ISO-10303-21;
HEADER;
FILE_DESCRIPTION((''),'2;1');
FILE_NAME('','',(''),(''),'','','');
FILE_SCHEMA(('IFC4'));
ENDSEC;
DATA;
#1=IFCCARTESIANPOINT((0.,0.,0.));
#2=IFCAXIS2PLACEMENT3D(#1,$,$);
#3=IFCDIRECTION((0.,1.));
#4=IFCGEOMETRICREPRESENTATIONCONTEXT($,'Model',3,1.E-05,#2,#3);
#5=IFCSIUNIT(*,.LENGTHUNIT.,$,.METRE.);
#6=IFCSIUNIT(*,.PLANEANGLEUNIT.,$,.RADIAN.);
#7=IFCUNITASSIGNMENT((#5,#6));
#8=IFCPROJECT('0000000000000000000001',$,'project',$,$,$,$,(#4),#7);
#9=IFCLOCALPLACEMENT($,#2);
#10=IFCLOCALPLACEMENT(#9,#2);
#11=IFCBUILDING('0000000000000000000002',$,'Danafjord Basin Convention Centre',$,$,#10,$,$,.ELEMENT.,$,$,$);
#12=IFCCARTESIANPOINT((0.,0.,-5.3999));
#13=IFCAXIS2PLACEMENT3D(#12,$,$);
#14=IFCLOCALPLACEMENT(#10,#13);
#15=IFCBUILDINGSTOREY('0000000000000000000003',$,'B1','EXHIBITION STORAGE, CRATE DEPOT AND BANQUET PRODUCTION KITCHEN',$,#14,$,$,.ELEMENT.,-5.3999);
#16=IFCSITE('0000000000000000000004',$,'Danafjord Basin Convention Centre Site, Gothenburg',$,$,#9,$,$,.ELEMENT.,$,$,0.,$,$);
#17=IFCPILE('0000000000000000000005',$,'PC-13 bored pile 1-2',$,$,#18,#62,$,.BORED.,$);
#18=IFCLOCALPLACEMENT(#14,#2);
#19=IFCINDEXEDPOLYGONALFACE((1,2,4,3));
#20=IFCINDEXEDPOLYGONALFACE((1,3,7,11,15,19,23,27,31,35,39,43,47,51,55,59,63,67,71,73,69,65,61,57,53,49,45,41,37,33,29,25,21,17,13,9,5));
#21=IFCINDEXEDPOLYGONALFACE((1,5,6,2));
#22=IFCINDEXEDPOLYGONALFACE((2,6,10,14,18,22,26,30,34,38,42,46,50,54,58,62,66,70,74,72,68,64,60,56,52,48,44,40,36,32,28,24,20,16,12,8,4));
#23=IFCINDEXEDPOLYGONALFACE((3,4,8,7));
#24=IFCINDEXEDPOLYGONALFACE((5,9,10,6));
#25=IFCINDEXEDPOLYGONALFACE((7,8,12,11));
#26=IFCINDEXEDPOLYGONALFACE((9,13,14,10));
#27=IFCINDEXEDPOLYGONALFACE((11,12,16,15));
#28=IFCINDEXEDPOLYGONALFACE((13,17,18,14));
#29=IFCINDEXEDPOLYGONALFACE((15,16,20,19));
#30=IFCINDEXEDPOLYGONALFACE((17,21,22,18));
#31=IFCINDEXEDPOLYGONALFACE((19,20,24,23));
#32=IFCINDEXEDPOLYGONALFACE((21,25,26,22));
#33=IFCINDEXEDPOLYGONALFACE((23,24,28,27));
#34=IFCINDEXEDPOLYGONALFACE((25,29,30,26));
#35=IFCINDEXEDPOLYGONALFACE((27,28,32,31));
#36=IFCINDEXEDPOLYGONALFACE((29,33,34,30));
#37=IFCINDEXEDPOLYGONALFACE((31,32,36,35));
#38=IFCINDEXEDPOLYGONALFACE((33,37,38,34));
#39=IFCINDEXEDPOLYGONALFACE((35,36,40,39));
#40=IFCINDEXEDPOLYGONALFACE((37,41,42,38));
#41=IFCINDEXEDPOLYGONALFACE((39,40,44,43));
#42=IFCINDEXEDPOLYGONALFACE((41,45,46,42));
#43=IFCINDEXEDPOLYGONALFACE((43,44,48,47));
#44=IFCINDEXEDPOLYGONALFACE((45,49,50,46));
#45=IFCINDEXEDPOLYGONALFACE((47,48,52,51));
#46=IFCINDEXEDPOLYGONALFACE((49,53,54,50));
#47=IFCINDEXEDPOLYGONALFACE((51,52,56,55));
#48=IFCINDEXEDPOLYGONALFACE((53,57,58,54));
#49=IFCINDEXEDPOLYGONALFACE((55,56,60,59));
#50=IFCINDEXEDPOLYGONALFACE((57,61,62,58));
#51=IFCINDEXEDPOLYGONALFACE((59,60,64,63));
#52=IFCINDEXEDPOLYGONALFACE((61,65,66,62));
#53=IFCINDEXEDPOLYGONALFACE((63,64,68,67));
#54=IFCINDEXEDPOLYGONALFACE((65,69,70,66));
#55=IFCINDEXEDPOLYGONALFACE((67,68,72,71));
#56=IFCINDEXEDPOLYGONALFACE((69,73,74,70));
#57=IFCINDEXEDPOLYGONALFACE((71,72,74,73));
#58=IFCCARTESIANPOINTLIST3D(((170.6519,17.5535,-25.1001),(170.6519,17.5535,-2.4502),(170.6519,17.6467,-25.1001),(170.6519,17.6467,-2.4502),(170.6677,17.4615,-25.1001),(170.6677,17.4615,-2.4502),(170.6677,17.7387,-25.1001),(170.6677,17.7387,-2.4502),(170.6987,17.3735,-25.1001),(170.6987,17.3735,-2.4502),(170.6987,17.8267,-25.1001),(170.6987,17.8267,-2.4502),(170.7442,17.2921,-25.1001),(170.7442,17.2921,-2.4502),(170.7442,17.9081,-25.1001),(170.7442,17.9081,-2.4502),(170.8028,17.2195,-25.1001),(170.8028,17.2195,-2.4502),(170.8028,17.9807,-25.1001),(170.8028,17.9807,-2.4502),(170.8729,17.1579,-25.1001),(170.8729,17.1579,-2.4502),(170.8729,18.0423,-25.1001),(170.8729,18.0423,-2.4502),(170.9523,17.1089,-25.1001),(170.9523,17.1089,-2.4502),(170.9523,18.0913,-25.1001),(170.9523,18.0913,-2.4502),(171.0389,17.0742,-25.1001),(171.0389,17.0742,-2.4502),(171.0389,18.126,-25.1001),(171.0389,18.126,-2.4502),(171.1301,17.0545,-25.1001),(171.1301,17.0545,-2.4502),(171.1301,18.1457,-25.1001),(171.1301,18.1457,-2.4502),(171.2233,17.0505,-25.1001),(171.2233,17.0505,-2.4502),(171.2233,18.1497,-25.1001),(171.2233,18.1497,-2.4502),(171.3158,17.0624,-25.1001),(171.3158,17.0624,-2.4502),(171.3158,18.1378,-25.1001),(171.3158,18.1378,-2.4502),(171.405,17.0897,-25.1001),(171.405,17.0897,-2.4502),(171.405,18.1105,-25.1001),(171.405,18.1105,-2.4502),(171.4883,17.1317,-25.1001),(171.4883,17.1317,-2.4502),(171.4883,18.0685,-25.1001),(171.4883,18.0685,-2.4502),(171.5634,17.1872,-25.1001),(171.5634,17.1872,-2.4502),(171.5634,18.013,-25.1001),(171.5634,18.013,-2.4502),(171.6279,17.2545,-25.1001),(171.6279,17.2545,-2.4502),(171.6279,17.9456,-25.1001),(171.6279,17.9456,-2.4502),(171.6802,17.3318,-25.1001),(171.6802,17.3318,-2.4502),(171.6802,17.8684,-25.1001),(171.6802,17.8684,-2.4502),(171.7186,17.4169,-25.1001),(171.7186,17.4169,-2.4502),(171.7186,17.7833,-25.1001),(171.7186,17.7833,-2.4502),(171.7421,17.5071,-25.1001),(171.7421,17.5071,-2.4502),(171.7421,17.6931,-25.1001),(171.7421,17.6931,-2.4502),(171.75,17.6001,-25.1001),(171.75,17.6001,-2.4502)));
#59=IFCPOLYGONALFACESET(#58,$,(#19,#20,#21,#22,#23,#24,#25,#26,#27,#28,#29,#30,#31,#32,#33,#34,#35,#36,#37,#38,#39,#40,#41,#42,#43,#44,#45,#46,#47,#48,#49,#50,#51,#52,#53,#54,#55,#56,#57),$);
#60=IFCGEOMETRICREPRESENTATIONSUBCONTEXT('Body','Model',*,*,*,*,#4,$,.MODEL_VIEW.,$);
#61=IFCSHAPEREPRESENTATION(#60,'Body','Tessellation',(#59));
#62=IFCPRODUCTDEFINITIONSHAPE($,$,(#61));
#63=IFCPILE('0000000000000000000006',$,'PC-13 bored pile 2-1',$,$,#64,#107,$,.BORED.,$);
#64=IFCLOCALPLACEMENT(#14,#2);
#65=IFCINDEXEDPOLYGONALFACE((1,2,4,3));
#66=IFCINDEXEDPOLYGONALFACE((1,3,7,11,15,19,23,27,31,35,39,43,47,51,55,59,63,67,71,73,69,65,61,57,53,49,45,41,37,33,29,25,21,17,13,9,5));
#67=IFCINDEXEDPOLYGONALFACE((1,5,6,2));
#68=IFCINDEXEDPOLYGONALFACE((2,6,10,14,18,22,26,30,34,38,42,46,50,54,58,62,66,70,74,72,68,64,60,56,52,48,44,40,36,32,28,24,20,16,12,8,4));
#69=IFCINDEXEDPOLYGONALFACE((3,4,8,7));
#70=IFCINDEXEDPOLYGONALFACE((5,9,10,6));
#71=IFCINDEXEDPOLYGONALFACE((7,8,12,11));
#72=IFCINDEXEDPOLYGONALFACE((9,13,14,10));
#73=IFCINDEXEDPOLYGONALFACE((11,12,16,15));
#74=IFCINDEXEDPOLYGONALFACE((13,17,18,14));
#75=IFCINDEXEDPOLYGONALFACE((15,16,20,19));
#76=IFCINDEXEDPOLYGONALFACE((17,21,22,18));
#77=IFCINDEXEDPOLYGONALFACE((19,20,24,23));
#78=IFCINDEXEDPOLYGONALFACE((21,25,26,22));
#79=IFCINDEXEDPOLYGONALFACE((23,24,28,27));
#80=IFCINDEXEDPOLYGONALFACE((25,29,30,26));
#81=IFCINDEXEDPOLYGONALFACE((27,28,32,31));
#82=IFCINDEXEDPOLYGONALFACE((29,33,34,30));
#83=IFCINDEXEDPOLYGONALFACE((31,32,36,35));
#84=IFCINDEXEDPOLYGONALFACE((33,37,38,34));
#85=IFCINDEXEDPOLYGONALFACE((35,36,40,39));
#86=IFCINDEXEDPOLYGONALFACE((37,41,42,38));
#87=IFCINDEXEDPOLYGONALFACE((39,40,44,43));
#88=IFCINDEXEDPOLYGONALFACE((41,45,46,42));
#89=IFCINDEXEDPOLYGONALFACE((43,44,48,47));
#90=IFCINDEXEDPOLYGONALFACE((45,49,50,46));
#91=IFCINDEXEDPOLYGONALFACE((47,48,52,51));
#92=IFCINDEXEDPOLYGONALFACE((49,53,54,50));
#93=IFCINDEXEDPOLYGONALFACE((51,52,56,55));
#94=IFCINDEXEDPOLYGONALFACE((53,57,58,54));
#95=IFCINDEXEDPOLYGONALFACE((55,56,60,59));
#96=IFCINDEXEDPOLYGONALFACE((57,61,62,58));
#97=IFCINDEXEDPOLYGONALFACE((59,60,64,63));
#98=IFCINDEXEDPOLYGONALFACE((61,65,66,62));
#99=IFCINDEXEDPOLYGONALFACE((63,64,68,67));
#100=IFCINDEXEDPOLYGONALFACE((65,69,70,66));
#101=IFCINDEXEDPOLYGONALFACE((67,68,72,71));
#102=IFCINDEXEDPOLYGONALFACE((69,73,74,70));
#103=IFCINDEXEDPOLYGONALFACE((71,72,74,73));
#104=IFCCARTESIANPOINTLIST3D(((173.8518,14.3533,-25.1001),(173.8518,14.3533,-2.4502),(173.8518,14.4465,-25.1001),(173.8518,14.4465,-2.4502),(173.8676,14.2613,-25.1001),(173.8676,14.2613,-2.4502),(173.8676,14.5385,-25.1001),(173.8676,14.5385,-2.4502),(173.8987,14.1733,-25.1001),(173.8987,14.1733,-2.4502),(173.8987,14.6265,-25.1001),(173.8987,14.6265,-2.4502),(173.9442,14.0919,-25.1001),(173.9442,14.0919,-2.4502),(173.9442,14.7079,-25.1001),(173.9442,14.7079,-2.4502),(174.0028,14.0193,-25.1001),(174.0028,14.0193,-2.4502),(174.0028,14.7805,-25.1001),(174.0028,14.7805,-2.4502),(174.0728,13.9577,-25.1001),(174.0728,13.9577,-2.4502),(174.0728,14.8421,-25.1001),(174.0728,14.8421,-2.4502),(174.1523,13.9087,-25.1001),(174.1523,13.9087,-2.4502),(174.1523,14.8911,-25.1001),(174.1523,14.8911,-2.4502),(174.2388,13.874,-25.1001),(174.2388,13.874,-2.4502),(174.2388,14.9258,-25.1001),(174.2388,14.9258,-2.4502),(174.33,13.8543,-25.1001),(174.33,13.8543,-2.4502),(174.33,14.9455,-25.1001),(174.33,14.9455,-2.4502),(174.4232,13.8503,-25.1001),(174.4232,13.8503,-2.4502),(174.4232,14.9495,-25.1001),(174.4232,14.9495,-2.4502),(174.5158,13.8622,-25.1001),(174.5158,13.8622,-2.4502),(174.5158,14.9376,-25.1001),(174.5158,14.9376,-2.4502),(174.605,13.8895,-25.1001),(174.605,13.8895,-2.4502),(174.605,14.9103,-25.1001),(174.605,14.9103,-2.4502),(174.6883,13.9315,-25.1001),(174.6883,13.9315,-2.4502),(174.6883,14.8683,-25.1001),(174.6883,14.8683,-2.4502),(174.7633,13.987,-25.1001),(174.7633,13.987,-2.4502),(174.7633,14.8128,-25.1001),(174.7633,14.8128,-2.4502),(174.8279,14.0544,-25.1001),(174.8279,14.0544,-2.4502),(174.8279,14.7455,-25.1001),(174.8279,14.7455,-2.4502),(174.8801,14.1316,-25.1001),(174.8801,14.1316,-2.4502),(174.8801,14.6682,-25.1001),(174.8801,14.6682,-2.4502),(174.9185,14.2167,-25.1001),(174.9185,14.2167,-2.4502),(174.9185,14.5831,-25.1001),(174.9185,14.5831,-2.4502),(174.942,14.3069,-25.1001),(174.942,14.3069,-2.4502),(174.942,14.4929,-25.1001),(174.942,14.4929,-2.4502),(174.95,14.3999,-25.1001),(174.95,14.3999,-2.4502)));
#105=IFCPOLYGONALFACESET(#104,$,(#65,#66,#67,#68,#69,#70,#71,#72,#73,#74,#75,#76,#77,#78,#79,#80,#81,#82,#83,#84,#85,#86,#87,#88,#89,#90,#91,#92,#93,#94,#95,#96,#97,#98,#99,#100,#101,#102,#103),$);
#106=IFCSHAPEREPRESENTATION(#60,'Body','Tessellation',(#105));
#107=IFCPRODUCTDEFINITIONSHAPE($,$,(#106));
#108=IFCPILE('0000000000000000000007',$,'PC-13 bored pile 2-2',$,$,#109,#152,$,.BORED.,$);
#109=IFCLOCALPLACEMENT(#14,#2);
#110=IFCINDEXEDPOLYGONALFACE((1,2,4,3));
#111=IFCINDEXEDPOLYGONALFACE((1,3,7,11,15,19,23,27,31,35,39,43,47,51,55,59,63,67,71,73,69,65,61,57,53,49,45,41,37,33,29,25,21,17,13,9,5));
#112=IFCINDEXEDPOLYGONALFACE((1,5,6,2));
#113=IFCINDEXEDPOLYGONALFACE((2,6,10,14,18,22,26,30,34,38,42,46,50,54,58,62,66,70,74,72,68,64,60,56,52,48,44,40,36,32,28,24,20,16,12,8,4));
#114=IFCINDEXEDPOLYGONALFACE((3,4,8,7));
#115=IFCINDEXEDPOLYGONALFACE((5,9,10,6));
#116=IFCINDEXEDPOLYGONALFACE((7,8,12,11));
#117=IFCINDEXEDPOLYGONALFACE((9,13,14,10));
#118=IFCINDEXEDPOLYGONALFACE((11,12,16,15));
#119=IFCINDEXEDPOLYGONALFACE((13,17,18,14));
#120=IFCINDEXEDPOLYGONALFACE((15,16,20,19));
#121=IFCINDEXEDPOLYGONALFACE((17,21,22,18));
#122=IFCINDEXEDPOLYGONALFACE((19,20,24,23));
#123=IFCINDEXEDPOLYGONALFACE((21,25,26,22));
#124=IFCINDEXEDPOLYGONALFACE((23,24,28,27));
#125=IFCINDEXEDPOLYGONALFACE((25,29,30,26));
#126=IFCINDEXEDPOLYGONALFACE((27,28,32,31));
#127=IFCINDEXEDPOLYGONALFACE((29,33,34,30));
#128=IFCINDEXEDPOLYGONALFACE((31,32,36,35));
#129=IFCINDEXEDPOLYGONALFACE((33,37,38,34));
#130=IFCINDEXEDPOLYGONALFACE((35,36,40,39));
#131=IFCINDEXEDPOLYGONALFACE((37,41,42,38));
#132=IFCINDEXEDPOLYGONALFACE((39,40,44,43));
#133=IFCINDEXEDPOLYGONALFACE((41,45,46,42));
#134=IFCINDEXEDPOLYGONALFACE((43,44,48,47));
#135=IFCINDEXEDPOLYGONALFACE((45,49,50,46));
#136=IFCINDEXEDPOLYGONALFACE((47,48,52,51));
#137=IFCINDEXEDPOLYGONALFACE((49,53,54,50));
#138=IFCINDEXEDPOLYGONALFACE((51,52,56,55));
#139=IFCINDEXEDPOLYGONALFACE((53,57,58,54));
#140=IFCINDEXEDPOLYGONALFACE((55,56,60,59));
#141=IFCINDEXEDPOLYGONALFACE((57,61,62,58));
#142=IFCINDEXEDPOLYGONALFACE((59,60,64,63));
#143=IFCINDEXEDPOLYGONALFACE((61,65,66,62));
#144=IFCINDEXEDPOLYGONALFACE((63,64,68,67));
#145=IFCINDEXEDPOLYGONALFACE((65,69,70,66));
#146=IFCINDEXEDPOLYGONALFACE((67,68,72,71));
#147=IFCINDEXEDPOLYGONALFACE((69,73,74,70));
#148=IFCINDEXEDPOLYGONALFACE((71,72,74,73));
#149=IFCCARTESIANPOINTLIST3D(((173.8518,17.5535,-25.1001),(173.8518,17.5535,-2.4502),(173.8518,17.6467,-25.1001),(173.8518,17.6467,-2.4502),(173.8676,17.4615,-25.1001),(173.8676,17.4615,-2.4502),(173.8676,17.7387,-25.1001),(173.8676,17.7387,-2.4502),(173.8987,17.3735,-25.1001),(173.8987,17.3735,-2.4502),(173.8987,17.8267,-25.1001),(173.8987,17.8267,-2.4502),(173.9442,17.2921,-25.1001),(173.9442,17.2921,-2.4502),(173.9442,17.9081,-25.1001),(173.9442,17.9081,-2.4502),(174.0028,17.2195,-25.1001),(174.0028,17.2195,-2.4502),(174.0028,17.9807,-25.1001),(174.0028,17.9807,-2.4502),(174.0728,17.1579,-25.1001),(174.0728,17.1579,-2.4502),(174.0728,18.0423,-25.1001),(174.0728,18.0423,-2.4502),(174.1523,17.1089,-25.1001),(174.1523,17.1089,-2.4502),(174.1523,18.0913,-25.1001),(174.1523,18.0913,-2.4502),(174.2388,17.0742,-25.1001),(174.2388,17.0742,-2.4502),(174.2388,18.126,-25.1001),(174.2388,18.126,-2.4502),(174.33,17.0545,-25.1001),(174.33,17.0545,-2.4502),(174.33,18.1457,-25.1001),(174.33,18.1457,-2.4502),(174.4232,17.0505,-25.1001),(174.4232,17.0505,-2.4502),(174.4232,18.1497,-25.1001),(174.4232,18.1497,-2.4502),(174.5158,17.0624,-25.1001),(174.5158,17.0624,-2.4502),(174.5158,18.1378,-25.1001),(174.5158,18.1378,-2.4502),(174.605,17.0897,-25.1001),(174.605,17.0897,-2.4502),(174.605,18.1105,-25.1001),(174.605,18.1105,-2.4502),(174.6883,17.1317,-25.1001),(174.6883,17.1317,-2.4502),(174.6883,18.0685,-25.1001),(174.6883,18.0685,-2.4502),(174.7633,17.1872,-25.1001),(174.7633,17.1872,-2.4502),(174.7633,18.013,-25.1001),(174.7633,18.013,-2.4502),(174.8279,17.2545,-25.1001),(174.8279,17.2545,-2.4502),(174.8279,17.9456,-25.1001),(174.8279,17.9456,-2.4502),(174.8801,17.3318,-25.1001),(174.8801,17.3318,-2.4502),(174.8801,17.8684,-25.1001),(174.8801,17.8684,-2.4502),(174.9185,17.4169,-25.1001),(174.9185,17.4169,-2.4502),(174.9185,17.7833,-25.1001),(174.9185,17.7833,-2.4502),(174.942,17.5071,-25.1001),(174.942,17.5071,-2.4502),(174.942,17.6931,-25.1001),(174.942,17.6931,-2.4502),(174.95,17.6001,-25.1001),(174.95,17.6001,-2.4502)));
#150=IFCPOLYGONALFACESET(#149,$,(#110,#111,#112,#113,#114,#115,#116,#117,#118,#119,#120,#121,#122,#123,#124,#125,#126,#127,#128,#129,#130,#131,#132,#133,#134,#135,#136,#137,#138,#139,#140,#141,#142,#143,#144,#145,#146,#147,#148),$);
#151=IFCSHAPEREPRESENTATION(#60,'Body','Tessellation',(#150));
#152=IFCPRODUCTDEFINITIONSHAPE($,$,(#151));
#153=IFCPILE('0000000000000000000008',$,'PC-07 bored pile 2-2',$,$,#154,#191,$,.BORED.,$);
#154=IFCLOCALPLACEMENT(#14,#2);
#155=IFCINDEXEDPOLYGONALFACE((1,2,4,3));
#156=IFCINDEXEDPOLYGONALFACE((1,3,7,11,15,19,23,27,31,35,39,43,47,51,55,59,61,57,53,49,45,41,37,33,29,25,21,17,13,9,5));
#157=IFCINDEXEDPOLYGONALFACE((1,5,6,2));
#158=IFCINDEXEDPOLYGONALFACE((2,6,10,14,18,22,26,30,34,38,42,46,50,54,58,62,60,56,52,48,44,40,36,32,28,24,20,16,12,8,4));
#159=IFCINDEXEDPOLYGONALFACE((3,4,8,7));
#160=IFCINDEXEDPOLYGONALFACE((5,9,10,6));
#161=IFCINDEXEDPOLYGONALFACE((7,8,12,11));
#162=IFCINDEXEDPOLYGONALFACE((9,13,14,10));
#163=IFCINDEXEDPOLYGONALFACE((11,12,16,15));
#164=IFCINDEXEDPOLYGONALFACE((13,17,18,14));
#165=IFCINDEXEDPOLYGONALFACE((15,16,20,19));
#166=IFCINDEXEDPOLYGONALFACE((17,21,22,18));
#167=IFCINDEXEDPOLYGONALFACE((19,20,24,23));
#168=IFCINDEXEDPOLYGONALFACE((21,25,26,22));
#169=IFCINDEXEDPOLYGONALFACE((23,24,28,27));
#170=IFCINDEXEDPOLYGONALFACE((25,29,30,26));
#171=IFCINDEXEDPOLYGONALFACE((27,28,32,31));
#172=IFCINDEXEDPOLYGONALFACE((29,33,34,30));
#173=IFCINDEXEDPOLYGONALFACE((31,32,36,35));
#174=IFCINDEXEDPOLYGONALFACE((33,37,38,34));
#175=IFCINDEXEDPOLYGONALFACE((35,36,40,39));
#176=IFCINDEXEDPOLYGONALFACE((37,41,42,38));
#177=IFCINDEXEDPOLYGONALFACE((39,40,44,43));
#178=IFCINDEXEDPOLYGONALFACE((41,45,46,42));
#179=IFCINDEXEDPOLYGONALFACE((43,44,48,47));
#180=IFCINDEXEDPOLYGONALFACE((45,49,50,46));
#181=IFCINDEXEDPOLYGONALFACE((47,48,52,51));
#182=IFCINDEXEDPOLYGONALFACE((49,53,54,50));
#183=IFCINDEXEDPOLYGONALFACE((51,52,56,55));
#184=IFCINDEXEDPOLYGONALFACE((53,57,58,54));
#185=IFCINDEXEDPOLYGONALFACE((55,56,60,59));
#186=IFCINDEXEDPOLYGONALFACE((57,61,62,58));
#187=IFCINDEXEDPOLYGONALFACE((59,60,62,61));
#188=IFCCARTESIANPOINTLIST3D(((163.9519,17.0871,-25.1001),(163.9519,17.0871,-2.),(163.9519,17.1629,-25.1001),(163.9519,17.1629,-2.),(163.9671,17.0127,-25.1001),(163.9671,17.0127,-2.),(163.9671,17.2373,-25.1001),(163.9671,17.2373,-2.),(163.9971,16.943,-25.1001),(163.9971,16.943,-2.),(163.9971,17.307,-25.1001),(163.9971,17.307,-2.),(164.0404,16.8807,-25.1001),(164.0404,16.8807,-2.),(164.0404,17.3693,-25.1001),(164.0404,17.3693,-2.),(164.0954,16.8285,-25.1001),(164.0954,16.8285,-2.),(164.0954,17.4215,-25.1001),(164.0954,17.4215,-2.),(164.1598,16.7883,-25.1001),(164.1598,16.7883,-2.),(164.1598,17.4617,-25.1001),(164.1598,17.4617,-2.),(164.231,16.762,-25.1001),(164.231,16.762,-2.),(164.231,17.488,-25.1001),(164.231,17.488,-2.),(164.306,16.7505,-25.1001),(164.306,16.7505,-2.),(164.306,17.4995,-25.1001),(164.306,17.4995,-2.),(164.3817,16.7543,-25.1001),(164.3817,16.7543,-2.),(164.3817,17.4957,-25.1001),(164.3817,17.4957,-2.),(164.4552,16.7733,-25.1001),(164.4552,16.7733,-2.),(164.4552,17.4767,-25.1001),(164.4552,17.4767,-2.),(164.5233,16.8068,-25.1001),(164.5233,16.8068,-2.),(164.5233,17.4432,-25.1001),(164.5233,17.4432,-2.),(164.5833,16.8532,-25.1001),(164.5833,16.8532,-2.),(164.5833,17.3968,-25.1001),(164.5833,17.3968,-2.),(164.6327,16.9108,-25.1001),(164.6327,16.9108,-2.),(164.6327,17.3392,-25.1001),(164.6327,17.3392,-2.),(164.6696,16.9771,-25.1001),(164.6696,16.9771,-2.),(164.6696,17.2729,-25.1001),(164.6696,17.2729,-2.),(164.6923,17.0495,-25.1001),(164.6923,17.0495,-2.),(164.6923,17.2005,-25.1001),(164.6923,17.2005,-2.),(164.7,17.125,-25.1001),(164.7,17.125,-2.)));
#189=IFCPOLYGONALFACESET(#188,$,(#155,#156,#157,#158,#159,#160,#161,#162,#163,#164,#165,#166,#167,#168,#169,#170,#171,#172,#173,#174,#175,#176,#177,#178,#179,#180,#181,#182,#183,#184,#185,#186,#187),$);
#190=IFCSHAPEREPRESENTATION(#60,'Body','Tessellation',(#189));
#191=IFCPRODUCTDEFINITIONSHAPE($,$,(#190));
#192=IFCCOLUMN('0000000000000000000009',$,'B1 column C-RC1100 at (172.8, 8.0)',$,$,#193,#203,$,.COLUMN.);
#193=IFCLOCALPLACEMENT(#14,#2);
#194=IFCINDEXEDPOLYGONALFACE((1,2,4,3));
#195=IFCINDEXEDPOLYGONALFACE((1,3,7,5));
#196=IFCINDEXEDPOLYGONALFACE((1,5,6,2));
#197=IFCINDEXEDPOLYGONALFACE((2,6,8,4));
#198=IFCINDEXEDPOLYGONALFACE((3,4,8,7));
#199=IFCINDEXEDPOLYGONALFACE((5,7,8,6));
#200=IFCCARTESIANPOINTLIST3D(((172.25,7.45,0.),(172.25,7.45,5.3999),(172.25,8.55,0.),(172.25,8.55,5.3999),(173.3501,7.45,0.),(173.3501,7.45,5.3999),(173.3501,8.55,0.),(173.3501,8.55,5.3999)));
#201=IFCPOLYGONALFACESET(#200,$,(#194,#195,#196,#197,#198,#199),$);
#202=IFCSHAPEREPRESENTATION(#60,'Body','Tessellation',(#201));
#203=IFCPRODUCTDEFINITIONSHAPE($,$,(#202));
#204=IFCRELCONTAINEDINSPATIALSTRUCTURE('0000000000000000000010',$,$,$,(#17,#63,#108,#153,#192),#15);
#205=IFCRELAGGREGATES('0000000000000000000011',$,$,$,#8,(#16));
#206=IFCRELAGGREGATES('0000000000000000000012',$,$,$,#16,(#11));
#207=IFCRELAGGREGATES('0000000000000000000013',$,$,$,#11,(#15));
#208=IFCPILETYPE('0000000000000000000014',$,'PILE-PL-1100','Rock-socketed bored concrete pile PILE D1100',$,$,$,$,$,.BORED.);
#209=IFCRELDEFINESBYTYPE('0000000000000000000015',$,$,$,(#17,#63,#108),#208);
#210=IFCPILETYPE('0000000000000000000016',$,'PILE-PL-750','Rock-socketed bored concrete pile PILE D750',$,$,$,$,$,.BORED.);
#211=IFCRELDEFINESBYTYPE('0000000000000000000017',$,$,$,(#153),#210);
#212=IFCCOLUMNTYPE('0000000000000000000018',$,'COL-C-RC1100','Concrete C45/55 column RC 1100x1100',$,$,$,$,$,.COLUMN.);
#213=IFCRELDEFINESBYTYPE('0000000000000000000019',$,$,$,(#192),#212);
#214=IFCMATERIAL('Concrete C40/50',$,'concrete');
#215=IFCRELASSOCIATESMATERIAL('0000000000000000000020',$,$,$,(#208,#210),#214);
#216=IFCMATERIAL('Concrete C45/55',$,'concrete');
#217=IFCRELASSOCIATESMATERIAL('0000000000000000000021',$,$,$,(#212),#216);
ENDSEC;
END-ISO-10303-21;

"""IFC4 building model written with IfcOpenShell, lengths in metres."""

from ifc_helpers import new_model, si_unit, direction, frame, origin, origin_2d, place, context, subcontext, project, spatial, rectangle, circle, extrude, material, material_profile, profile_set, type_object, element, save


model = new_model("IFC4")

# Units and contexts
model_context = context("Model", 3, precision=1e-05, world=origin(), true_north=direction((0.0, 1.0)))
body_context = subcontext(model_context, "Body", "Model", "MODEL_VIEW")
ifc_project = project(units=[si_unit("LENGTHUNIT", "METRE"), si_unit("PLANEANGLEUNIT", "RADIAN")], contexts=[model_context])

# Site, building, storey
site_placement = place(None, origin())
site = spatial("IfcSite", under=ifc_project, at=site_placement, Name="Danafjord Basin Convention Centre Site, Gothenburg", CompositionType="ELEMENT", RefElevation=0.0)
building_placement = place(site_placement, origin())
building = spatial("IfcBuilding", under=site, at=building_placement, Name="Danafjord Basin Convention Centre", CompositionType="ELEMENT")
storey_placement = place(building_placement, frame((0.0, 0.0, -5.3999)))
storey = spatial("IfcBuildingStorey", under=building, at=storey_placement, Name="B1", Description="EXHIBITION STORAGE, CRATE DEPOT AND BANQUET PRODUCTION KITCHEN", CompositionType="ELEMENT", Elevation=-5.3999)

# Shared definitions
ifc_material_1 = material(Name="Concrete C40/50", Category="concrete")

# Piles
ifc_material_profile_1 = material_profile(ifc_material_1, circle(Radius=0.55, at=origin_2d()), Name="PILE D1100")
ifc_profile_set_1 = profile_set([ifc_material_profile_1], Name="Concrete C40/50")
pile_type_1 = type_object("IfcPileType", Name="PILE-PL-1100", Description="Rock-socketed bored concrete pile PILE D1100", PredefinedType="BORED", material=ifc_profile_set_1)
for number, where, z_axis, x_axis, name in (
    (1, (171.2, 17.6001, -2.4502), (0.0, 0.0, -1.0), (1.0, 0.0, 0.0), "PC-13 bored pile 1-2"),
    (2, (174.3999, 14.3999, -2.4502), (0.0, 0.0, -1.0), (1.0, 0.0, 0.0), "PC-13 bored pile 2-1"),
    (3, (174.3999, 17.6001, -2.4502), (0.0, 0.0, -1.0), (1.0, 0.0, 0.0), "PC-13 bored pile 2-2"),
):
    element("IfcPile", number, at=place(storey_placement, frame(where, z_axis=z_axis, x_axis=x_axis)), inside=storey, type_object=pile_type_1, Name=name, PredefinedType="BORED", context=body_context, shape_type="SweptSolid", body=[
        extrude(circle(Radius=0.55, at=origin_2d()), origin(), (0.0, 0.0, 1.0), 22.6499),
    ])
ifc_material_profile_2 = material_profile(ifc_material_1, circle(Radius=0.375, at=origin_2d()), Name="PILE D750")
ifc_profile_set_2 = profile_set([ifc_material_profile_2], Name="Concrete C40/50")
pile_type_2 = type_object("IfcPileType", Name="PILE-PL-750", Description="Rock-socketed bored concrete pile PILE D750", PredefinedType="BORED", material=ifc_profile_set_2)
pile_placement = place(storey_placement, frame((164.325, 17.125, -2.0), z_axis=(0.0, 0.0, -1.0), x_axis=(1.0, 0.0, 0.0)))
element("IfcPile", 4, at=pile_placement, inside=storey, type_object=pile_type_2, Name="PC-07 bored pile 2-2", PredefinedType="BORED", context=body_context, shape_type="SweptSolid", body=[
    extrude(circle(Radius=0.375, at=origin_2d()), origin(), (0.0, 0.0, 1.0), 23.1001),
])

# Column
ifc_material_2 = material(Name="Concrete C45/55", Category="concrete")
ifc_material_profile_3 = material_profile(ifc_material_2, rectangle(XDim=1.1001, YDim=1.1001, at=origin_2d()), Name="RC 1100x1100")
ifc_profile_set_3 = profile_set([ifc_material_profile_3], Name="Concrete C45/55")
column_type_1 = type_object("IfcColumnType", Name="COL-C-RC1100", Description="Concrete C45/55 column RC 1100x1100", PredefinedType="COLUMN", material=ifc_profile_set_3)
column_1_placement = place(storey_placement, frame((172.8, 8.0, 0.0), z_axis=(0.0, 0.0, 1.0), x_axis=(1.0, 0.0, 0.0)))
element("IfcColumn", 5, at=column_1_placement, inside=storey, type_object=column_type_1, Name="B1 column C-RC1100 at (172.8, 8.0)", PredefinedType="COLUMN", context=body_context, shape_type="SweptSolid", body=[
    extrude(rectangle(XDim=1.1001, YDim=1.1001, at=origin_2d()), origin(), (0.0, 0.0, 1.0), 5.3999),
])

save(model, "model.ifc")
